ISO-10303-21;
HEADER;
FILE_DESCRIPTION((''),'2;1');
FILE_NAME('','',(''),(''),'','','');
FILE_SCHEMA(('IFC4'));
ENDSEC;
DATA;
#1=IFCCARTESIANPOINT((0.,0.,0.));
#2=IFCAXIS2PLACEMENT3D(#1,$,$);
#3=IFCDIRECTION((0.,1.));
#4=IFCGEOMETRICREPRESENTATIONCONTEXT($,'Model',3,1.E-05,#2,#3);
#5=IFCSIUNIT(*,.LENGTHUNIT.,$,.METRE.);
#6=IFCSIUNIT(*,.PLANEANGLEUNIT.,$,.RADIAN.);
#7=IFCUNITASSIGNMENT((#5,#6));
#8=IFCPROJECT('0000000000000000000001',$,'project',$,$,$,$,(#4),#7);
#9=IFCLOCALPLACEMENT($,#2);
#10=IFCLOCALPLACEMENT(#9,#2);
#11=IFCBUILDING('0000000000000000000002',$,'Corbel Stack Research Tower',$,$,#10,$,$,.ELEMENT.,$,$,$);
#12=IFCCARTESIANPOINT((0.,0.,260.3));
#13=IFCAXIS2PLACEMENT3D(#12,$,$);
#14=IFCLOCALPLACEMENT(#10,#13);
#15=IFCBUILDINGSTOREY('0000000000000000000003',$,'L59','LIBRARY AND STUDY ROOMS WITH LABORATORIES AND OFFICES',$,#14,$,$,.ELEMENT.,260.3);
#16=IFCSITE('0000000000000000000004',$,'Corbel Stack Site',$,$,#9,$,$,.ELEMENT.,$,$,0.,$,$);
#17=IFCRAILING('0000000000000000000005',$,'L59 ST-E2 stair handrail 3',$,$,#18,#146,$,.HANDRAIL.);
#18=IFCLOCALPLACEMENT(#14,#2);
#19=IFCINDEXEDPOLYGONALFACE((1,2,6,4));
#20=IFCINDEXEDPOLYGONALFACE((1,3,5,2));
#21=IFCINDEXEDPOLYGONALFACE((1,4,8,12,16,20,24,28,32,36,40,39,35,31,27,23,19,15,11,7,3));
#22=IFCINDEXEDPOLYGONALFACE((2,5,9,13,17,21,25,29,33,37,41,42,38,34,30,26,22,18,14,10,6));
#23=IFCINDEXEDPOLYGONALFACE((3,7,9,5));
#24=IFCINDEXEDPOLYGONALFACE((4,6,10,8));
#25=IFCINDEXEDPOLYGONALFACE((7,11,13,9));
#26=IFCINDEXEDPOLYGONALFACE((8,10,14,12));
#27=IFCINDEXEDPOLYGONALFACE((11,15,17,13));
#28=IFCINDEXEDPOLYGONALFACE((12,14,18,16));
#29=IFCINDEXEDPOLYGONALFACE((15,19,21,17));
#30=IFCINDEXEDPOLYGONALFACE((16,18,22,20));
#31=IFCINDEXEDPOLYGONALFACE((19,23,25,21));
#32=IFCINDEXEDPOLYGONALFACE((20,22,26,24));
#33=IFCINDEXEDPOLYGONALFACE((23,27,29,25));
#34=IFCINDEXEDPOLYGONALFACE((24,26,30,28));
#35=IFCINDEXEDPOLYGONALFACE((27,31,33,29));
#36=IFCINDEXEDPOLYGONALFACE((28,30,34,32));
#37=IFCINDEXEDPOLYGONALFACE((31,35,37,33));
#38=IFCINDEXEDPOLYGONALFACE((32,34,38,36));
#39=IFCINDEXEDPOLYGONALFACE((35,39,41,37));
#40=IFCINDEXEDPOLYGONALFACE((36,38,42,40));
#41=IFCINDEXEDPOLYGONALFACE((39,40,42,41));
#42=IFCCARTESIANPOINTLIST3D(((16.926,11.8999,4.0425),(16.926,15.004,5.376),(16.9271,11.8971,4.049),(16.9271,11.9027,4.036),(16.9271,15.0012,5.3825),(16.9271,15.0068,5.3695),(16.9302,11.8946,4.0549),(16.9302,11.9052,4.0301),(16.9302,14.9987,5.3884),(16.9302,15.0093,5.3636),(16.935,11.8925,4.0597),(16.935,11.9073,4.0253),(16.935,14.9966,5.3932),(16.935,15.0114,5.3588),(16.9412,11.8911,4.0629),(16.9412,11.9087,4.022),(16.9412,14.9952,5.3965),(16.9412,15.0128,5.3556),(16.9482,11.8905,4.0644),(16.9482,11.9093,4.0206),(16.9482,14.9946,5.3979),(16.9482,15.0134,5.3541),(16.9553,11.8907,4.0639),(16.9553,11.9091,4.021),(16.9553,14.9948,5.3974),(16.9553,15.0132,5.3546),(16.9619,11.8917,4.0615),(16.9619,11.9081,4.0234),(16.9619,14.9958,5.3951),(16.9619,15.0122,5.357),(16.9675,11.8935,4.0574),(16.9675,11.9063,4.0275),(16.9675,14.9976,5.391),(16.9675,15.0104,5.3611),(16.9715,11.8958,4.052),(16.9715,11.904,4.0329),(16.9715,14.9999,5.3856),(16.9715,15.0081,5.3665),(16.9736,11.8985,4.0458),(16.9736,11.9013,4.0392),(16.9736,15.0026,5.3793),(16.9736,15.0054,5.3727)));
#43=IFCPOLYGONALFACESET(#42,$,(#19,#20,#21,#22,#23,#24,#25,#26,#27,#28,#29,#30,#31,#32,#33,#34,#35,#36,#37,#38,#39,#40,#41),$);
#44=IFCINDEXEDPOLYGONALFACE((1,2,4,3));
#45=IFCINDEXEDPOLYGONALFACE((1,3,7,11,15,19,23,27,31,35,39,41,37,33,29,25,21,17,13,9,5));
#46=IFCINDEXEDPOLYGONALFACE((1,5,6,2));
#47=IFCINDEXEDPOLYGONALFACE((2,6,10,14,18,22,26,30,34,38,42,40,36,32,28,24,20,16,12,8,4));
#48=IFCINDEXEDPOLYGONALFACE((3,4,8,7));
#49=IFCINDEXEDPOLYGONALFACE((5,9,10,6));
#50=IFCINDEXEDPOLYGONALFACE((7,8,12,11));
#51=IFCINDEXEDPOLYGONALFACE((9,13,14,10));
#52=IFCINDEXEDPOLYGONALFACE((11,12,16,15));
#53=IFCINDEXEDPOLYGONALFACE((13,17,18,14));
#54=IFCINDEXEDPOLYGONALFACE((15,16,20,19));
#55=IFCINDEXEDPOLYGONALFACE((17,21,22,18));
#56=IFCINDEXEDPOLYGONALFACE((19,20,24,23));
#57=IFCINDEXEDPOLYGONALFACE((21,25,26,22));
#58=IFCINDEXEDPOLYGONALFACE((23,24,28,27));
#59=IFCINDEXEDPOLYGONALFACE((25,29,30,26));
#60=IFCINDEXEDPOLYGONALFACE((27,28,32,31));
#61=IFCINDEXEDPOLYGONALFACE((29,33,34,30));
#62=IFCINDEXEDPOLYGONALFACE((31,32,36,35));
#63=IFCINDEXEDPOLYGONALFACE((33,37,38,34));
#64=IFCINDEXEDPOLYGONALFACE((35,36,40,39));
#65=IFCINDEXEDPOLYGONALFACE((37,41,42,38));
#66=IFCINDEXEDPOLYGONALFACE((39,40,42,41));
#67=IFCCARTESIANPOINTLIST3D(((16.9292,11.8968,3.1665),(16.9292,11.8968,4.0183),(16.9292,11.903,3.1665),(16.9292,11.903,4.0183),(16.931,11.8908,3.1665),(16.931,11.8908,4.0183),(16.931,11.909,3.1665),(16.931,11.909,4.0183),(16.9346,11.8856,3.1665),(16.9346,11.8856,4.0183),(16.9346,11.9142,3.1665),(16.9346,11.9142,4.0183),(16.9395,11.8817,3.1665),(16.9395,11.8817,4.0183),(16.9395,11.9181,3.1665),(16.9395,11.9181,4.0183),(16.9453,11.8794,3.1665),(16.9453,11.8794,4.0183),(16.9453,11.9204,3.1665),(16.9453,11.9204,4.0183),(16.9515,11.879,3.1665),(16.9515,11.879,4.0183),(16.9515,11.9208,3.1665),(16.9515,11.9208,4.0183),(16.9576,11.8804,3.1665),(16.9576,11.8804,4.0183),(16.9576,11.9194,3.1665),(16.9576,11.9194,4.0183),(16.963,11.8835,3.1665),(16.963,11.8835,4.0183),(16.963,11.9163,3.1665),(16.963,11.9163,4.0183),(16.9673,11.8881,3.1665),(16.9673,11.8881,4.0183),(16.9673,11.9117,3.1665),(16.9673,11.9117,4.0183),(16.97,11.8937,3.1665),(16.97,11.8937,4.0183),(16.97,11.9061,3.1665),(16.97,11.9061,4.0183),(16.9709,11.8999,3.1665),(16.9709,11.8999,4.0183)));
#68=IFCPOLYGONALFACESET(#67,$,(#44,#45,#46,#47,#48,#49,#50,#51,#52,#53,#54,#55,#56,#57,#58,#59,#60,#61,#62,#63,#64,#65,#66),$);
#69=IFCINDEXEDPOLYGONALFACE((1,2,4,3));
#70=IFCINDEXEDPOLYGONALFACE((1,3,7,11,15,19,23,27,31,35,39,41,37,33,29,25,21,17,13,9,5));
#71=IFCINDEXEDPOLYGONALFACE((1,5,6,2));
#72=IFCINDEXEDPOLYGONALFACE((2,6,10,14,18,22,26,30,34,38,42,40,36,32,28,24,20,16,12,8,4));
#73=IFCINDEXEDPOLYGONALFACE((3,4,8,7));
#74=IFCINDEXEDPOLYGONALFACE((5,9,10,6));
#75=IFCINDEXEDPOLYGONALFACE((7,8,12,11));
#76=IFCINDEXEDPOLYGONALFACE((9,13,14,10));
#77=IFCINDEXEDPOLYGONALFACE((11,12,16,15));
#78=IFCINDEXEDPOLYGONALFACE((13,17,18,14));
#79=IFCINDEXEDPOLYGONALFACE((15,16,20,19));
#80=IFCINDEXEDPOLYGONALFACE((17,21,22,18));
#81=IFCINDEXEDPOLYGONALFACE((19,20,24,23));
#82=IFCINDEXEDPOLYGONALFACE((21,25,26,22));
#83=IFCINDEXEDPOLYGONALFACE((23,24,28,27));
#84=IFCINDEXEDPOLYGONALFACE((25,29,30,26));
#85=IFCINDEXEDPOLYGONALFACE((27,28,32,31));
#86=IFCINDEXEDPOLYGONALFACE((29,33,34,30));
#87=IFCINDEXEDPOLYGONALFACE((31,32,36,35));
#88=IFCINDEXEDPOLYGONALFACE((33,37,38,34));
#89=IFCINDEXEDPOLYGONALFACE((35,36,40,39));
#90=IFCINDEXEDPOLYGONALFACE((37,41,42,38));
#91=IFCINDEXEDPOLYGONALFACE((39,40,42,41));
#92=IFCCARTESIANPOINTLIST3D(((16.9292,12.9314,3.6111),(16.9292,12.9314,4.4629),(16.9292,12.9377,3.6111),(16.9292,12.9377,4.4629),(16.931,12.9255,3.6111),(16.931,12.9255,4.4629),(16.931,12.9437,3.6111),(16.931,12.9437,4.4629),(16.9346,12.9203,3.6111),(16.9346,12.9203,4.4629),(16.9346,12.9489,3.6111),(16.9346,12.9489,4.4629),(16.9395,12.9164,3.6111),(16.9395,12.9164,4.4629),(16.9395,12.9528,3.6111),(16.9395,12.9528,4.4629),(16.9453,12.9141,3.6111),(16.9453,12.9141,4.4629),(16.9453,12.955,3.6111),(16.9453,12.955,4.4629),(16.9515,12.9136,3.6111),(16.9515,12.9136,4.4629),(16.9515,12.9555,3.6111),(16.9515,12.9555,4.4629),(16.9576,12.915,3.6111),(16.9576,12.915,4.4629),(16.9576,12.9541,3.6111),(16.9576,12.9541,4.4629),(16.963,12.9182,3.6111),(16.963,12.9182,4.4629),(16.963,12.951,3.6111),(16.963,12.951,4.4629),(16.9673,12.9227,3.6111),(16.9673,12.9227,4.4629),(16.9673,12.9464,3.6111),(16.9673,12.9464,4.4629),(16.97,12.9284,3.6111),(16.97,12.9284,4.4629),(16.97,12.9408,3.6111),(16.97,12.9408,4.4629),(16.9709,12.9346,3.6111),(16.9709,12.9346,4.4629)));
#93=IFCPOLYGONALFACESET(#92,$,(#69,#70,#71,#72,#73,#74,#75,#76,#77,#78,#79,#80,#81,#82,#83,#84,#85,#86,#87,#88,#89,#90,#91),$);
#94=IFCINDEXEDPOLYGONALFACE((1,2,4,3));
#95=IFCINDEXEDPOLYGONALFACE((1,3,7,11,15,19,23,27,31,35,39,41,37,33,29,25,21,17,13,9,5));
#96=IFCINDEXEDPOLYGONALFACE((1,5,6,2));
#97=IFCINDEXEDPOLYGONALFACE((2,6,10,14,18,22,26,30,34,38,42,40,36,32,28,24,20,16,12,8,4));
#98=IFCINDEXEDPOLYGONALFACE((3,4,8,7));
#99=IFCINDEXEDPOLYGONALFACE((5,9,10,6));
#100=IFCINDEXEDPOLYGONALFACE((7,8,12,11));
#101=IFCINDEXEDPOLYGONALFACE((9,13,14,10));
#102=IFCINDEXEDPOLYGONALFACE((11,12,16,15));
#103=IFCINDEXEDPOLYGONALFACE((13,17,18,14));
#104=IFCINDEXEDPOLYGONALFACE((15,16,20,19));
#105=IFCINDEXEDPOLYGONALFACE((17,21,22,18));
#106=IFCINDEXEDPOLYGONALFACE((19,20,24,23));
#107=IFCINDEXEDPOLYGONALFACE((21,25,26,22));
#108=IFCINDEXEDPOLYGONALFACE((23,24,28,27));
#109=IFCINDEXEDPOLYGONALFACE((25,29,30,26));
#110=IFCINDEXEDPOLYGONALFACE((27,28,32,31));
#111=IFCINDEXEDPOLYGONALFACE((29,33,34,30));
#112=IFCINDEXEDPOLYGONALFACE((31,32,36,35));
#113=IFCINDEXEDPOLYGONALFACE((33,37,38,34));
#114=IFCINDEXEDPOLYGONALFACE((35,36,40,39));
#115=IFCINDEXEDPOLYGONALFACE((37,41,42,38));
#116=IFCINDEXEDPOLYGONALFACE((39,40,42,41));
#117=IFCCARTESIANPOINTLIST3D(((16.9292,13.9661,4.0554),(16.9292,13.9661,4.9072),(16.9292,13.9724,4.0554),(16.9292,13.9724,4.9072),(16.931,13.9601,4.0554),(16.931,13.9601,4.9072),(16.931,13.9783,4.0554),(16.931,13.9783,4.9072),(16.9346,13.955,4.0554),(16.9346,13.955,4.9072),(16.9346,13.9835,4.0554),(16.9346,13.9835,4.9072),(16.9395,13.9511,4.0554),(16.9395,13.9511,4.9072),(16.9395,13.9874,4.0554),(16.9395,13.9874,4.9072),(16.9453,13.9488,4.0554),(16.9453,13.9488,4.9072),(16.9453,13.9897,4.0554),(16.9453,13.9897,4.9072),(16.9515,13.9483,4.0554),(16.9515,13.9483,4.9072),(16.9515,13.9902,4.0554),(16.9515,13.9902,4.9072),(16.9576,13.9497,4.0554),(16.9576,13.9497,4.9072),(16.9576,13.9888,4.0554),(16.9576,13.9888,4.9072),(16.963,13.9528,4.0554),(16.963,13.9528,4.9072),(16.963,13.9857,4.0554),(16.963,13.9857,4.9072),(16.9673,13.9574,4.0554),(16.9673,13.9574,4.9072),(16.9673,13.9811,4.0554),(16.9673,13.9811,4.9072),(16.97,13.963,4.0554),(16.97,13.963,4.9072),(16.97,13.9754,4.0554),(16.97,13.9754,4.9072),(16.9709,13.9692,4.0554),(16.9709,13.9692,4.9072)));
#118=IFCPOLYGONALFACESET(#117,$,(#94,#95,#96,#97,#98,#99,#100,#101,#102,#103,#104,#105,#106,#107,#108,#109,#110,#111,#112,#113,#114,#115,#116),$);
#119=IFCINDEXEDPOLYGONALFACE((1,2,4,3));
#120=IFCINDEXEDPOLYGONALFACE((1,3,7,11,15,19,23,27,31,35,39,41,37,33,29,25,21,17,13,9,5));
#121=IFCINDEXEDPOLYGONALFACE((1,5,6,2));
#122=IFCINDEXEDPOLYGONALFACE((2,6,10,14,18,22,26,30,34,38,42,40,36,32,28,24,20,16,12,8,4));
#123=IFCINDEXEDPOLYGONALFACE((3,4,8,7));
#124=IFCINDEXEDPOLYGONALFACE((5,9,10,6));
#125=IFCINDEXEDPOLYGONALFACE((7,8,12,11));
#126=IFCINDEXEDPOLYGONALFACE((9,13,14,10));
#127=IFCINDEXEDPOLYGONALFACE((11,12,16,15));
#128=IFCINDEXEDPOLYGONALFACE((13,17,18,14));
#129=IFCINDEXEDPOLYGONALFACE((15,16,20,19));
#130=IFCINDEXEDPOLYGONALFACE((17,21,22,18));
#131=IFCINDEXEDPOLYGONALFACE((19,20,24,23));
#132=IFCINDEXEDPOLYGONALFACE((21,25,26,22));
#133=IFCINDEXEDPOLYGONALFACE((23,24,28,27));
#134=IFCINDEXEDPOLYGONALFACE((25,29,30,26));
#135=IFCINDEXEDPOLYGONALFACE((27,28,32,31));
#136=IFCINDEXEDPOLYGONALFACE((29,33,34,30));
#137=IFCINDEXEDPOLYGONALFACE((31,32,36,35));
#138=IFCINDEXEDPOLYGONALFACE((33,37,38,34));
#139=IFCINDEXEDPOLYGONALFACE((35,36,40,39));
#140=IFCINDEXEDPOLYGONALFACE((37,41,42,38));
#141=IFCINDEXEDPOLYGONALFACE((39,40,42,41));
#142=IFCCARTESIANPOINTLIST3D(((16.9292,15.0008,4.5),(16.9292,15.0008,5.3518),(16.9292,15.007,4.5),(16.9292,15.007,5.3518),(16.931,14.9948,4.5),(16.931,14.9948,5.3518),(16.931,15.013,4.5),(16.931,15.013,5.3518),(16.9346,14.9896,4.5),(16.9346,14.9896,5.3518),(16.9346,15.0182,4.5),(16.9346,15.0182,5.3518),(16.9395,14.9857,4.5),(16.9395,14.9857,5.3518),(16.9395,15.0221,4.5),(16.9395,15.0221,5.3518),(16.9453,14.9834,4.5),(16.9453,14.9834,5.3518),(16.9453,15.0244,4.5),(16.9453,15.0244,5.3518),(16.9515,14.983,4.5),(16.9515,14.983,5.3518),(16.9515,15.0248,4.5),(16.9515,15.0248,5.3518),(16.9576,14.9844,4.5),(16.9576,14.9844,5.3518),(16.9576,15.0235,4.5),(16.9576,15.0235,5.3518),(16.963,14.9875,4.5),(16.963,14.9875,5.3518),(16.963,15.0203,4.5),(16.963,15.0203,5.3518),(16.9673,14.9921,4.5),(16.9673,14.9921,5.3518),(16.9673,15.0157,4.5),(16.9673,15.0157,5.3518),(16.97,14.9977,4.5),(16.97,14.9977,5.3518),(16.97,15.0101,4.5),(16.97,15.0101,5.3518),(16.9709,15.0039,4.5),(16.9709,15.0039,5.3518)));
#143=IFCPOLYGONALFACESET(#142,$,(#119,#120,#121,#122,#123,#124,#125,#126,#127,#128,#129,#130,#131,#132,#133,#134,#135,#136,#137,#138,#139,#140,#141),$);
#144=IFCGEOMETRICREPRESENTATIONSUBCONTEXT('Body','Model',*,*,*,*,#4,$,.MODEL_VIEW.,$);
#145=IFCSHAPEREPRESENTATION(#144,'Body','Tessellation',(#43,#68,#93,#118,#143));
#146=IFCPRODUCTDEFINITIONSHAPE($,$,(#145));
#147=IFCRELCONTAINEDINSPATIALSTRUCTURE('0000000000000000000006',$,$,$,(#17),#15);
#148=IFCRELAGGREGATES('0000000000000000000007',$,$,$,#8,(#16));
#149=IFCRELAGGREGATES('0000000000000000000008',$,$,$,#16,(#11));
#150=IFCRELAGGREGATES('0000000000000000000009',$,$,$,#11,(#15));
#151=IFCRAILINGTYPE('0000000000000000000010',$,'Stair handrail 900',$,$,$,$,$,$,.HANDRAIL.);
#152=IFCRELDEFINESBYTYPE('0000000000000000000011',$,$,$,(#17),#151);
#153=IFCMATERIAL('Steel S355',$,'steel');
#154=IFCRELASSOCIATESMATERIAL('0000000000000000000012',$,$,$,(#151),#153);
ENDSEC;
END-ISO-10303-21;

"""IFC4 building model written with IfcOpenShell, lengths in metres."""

from ifc_helpers import new_model, si_unit, direction, frame, origin, origin_2d, place, context, subcontext, project, spatial, circle, extrude, material, type_object, element, save


model = new_model("IFC4")

# Units and contexts
model_context = context("Model", 3, precision=1e-05, world=origin(), true_north=direction((0.0, 1.0)))
body_context = subcontext(model_context, "Body", "Model", "MODEL_VIEW")
ifc_project = project(units=[si_unit("LENGTHUNIT", "METRE"), si_unit("PLANEANGLEUNIT", "RADIAN")], contexts=[model_context])

# Site, building, storey
site_placement = place(None, origin())
site = spatial("IfcSite", under=ifc_project, at=site_placement, Name="Corbel Stack Site", CompositionType="ELEMENT", RefElevation=0.0)
building_placement = place(site_placement, origin())
building = spatial("IfcBuilding", under=site, at=building_placement, Name="Corbel Stack Research Tower", CompositionType="ELEMENT")
storey_placement = place(building_placement, frame((0.0, 0.0, 260.3)))
storey = spatial("IfcBuildingStorey", under=building, at=storey_placement, Name="L59", Description="LIBRARY AND STUDY ROOMS WITH LABORATORIES AND OFFICES", CompositionType="ELEMENT", Elevation=260.3)

# Railing
ifc_material_1 = material(Name="Steel S355", Category="steel")
railing_type_1 = type_object("IfcRailingType", Name="Stair handrail 900", PredefinedType="HANDRAIL", material=ifc_material_1)
for number, where, name in (
    (1, (16.95, 11.8999, 3.1665), "L59 ST-E2 stair handrail 3"),
):
    element("IfcRailing", number, at=place(storey_placement, frame(where)), inside=storey, type_object=railing_type_1, Name=name, PredefinedType="HANDRAIL", context=body_context, shape_type="SweptSolid", body=[
        extrude(circle(Radius=0.0239, at=origin_2d()), frame((0.0, 0.0, 0.876), z_axis=(0.0, 0.918801, 0.394722), x_axis=(-1.0, 0.0, 0.0)), (0.0, 0.0, 1.0), 3.3784),
        extrude(circle(Radius=0.021, at=origin_2d()), origin(), (0.0, 0.0, 1.0), 0.8518),
        extrude(circle(Radius=0.021, at=origin_2d()), frame((0.0, 1.0347, 0.4446)), (0.0, 0.0, 1.0), 0.8518),
        extrude(circle(Radius=0.021, at=origin_2d()), frame((0.0, 2.0693, 0.8889)), (0.0, 0.0, 1.0), 0.8518),
        extrude(circle(Radius=0.021, at=origin_2d()), frame((0.0, 3.104, 1.3335)), (0.0, 0.0, 1.0), 0.8518),
    ])

save(model, "model.ifc")
